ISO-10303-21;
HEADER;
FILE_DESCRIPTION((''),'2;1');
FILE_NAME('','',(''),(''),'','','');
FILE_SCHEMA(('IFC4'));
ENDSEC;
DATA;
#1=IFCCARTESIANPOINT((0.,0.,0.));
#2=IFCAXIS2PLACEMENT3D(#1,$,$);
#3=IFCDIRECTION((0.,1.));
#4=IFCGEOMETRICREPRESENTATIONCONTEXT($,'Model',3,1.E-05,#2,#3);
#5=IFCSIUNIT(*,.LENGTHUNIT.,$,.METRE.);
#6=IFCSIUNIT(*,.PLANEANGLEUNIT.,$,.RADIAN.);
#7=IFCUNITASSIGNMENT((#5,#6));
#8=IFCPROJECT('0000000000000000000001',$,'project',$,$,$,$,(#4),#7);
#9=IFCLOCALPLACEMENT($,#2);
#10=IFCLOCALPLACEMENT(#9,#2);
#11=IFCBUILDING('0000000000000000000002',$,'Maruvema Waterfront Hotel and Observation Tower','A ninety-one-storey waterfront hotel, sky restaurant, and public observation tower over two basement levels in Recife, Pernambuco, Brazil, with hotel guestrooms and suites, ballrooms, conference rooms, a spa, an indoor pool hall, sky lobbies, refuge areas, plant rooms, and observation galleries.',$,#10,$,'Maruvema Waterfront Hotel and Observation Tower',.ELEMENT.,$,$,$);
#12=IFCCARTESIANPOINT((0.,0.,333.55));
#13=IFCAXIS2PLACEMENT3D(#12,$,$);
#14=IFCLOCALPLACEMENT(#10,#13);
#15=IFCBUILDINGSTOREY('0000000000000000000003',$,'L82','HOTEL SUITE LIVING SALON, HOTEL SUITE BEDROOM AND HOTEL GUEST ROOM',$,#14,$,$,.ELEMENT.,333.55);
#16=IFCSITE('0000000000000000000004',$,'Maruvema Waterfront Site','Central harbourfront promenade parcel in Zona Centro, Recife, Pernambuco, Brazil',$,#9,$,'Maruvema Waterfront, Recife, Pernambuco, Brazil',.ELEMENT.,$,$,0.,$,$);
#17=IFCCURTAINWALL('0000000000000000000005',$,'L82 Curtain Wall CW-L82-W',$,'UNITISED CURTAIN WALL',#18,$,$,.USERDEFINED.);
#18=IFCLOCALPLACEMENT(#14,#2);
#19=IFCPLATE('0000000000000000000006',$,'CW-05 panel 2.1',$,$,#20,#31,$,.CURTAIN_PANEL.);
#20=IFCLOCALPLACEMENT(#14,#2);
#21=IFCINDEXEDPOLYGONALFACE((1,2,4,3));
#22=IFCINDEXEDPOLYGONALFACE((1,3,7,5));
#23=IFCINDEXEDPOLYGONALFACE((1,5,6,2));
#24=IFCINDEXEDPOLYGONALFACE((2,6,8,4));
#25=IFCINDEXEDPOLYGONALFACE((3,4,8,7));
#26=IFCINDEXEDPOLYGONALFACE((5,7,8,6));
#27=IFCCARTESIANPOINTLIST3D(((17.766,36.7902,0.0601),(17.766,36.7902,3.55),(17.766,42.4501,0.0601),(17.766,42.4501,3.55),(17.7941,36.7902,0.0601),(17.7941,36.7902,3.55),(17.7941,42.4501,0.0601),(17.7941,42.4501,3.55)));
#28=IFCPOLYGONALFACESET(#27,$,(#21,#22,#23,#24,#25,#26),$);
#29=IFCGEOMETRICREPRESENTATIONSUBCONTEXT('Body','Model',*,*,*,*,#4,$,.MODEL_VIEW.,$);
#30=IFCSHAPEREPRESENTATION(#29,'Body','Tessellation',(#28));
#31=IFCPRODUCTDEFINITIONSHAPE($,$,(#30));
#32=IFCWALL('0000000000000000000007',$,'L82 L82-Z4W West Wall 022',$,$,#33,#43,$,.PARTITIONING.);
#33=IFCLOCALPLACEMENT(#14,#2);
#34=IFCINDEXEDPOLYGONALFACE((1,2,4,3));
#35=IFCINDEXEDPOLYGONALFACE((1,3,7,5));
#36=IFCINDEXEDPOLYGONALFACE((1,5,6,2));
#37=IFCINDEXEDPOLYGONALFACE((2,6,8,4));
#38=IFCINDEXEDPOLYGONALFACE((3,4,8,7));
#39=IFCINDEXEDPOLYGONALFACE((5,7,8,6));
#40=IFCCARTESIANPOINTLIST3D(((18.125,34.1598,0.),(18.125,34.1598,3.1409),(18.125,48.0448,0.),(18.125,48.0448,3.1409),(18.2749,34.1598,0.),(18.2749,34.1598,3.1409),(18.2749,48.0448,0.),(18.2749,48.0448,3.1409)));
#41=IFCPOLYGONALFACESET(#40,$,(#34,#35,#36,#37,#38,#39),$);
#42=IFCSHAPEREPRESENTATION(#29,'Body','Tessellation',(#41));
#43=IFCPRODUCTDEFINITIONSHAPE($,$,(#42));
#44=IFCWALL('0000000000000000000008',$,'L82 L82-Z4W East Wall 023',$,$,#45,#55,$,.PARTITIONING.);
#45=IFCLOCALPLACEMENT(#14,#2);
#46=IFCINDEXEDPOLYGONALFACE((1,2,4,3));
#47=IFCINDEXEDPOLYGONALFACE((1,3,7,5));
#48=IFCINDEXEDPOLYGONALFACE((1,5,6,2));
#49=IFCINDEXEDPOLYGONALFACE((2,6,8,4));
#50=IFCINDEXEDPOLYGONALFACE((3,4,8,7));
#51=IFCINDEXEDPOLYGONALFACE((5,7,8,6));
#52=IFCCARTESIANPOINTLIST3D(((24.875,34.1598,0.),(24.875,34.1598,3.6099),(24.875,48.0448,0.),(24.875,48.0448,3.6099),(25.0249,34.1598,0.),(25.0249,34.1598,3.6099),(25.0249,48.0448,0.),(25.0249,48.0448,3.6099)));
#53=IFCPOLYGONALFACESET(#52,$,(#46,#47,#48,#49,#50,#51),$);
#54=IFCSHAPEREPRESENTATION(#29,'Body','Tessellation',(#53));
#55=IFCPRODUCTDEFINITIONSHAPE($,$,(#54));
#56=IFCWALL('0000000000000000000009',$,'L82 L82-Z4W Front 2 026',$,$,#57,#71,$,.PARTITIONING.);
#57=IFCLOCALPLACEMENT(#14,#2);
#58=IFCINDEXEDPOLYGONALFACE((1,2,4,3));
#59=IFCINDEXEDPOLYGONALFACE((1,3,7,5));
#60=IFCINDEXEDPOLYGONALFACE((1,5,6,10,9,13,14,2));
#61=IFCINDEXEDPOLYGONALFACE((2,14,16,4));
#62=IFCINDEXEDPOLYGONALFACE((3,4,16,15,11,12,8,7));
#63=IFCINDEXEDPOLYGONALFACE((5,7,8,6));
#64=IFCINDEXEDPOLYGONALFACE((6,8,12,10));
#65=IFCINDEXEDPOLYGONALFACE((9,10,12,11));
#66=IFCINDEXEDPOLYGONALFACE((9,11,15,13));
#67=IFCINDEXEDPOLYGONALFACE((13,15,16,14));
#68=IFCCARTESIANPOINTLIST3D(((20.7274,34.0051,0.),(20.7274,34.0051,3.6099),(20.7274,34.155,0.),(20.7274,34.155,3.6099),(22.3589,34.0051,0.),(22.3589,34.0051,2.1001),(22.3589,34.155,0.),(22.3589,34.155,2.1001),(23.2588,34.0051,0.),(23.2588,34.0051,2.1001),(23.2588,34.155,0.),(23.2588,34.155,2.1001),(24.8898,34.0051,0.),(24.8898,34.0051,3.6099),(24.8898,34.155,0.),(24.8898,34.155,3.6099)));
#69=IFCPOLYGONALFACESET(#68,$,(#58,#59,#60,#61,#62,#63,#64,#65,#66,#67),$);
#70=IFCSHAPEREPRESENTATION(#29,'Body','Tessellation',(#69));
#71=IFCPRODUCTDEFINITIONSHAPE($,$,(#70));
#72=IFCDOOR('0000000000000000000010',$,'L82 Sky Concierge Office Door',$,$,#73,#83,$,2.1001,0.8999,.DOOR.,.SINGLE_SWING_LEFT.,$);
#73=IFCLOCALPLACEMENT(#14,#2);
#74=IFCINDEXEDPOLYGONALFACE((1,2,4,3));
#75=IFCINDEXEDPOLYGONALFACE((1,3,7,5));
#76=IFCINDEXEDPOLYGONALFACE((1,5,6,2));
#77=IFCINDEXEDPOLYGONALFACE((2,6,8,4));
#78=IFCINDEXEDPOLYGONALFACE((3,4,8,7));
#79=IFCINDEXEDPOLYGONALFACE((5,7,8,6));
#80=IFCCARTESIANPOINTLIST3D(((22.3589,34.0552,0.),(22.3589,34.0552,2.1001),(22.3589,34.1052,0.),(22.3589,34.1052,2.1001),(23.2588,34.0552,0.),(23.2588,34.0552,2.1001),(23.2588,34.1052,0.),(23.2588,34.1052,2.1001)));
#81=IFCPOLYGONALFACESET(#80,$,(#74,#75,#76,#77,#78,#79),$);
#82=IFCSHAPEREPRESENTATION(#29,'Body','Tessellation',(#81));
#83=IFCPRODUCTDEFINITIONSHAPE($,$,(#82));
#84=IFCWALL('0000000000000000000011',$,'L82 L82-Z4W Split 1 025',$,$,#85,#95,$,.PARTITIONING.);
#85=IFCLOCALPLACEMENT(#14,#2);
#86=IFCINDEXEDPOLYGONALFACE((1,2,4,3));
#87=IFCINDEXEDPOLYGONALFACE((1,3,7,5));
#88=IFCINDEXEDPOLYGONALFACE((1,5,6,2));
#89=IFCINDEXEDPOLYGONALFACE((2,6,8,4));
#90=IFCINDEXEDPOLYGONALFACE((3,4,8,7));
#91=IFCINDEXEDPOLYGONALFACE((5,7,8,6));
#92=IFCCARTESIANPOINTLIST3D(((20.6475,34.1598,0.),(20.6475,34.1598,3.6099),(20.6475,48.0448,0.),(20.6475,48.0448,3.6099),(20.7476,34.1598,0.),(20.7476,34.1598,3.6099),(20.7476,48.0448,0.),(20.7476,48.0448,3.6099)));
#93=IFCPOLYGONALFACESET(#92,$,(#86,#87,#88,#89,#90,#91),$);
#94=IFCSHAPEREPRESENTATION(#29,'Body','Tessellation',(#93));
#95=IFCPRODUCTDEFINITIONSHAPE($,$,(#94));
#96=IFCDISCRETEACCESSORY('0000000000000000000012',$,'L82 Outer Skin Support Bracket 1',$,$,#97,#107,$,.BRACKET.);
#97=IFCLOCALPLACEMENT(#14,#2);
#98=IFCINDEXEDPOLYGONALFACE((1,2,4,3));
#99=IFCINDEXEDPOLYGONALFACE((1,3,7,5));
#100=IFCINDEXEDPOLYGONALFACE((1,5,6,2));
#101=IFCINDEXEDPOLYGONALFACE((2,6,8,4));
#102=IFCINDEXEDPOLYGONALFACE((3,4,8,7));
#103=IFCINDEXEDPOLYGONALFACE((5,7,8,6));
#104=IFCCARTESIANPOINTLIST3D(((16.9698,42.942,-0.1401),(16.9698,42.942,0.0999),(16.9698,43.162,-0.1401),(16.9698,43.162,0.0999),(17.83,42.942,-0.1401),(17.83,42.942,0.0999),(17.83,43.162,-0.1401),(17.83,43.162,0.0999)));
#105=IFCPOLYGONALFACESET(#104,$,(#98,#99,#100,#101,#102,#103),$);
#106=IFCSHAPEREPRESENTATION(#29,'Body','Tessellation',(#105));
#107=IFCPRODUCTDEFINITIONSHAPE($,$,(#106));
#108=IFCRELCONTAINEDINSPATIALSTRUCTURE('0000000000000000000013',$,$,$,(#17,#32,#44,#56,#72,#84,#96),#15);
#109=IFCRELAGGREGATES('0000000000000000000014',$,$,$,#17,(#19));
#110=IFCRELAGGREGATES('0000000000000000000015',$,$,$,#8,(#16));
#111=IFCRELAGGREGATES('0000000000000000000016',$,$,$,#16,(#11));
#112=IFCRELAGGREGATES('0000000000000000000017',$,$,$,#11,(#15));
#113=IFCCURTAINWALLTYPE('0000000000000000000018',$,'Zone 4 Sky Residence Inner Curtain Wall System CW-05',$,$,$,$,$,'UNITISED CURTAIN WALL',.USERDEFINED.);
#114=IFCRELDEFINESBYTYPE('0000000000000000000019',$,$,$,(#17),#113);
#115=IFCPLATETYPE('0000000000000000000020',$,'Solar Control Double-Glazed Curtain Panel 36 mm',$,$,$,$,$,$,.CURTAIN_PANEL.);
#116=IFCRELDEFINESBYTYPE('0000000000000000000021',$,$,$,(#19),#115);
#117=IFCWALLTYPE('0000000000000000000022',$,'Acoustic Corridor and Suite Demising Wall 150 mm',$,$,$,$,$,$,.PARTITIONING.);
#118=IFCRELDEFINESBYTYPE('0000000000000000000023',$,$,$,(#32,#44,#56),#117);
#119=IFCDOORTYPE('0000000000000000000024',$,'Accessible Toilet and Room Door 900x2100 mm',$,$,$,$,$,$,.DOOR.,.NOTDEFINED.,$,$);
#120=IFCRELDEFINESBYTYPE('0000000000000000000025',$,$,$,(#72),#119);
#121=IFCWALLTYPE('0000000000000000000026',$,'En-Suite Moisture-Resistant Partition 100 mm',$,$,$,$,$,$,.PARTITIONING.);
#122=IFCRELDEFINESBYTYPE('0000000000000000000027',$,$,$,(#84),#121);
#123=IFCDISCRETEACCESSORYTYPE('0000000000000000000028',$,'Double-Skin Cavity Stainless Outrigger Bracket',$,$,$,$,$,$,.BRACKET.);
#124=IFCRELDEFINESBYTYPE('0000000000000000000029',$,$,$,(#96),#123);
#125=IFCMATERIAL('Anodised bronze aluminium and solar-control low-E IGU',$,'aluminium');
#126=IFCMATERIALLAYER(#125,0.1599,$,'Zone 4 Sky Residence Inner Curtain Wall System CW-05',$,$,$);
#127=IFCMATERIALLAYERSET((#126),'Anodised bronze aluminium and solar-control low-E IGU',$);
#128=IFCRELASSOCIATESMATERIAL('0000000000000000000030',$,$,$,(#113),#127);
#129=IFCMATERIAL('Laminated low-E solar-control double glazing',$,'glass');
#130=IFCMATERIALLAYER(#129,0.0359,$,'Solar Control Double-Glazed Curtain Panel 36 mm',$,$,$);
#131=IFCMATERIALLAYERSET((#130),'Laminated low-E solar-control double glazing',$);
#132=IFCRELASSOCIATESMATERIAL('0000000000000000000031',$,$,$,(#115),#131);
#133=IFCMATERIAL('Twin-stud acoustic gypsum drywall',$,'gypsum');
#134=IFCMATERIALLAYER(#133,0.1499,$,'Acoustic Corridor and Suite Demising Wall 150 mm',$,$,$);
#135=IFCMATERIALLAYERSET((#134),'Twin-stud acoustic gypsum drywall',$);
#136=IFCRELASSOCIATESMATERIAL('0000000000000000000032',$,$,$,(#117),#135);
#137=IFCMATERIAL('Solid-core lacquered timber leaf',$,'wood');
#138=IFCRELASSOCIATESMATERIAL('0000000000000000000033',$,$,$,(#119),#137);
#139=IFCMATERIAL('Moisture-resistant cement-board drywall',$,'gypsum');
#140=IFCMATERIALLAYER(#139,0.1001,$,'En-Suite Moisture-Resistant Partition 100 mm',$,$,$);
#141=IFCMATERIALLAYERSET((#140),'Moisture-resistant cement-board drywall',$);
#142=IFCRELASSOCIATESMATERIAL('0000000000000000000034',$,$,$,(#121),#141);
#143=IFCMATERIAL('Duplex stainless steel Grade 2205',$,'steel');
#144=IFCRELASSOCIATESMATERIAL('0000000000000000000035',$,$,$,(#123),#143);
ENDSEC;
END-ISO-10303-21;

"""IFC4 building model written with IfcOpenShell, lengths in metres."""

from ifc_helpers import new_model, si_unit, direction, frame, frame_2d, origin, origin_2d, place, context, subcontext, project, spatial, rectangle, extrude, material, layer, layer_set, type_object, element, fill, aggregate, save


model = new_model("IFC4")

# Units and contexts
model_context = context("Model", 3, precision=1e-05, world=origin(), true_north=direction((0.0, 1.0)))
body_context = subcontext(model_context, "Body", "Model", "MODEL_VIEW")
ifc_project = project(units=[si_unit("LENGTHUNIT", "METRE"), si_unit("PLANEANGLEUNIT", "RADIAN")], contexts=[model_context])

# Site, building, storey
site_placement = place(None, origin())
site = spatial("IfcSite", under=ifc_project, at=site_placement, Name="Maruvema Waterfront Site", Description="Central harbourfront promenade parcel in Zona Centro, Recife, Pernambuco, Brazil", LongName="Maruvema Waterfront, Recife, Pernambuco, Brazil", CompositionType="ELEMENT", RefElevation=0.0)
building_placement = place(site_placement, origin())
building = spatial("IfcBuilding", under=site, at=building_placement, Name="Maruvema Waterfront Hotel and Observation Tower", Description="A ninety-one-storey waterfront hotel, sky restaurant, and public observation tower over two basement levels in Recife, Pernambuco, Brazil, with hotel guestrooms and suites, ballrooms, conference rooms, a spa, an indoor pool hall, sky lobbies, refuge areas, plant rooms, and observation galleries.", LongName="Maruvema Waterfront Hotel and Observation Tower", CompositionType="ELEMENT")
storey_placement = place(building_placement, frame((0.0, 0.0, 333.55)))
storey = spatial("IfcBuildingStorey", under=building, at=storey_placement, Name="L82", Description="HOTEL SUITE LIVING SALON, HOTEL SUITE BEDROOM AND HOTEL GUEST ROOM", CompositionType="ELEMENT", Elevation=333.55)

# Curtain wall
ifc_material_1 = material(Name="Anodised bronze aluminium and solar-control low-E IGU", Category="aluminium")
ifc_layer_1 = layer(ifc_material_1, 0.1599, Name="Zone 4 Sky Residence Inner Curtain Wall System CW-05")
ifc_layer_set_1 = layer_set([ifc_layer_1], Name="Anodised bronze aluminium and solar-control low-E IGU")
curtain_wall_type = type_object("IfcCurtainWallType", Name="Zone 4 Sky Residence Inner Curtain Wall System CW-05", ElementType="UNITISED CURTAIN WALL", PredefinedType="USERDEFINED", material=ifc_layer_set_1)
curtain_wall_placement = place(storey_placement, origin())
curtain_wall = element("IfcCurtainWall", 1, at=curtain_wall_placement, inside=storey, type_object=curtain_wall_type, Name="L82 Curtain Wall CW-L82-W", ObjectType="UNITISED CURTAIN WALL", PredefinedType="USERDEFINED")

# Plate
ifc_material_2 = material(Name="Laminated low-E solar-control double glazing", Category="glass")
ifc_layer_2 = layer(ifc_material_2, 0.0359, Name="Solar Control Double-Glazed Curtain Panel 36 mm")
ifc_layer_set_2 = layer_set([ifc_layer_2], Name="Laminated low-E solar-control double glazing")
plate_type = type_object("IfcPlateType", Name="Solar Control Double-Glazed Curtain Panel 36 mm", PredefinedType="CURTAIN_PANEL", material=ifc_layer_set_2)
plate_placement = place(storey_placement, frame((17.78, 39.6201, 0.0601), z_axis=(0.0, 0.0, 1.0), x_axis=(0.0, -1.0, 0.0)))
plate = element("IfcPlate", 2, at=plate_placement, type_object=plate_type, Name="CW-05 panel 2.1", PredefinedType="CURTAIN_PANEL", context=body_context, shape_type="SweptSolid", body=[
    extrude(rectangle(XDim=5.6599, YDim=0.0281, at=origin_2d()), origin(), (0.0, 0.0, 1.0), 3.49),
])
aggregate(curtain_wall, [plate])

# Walls
ifc_material_3 = material(Name="Twin-stud acoustic gypsum drywall", Category="gypsum")
ifc_layer_3 = layer(ifc_material_3, 0.1499, Name="Acoustic Corridor and Suite Demising Wall 150 mm")
ifc_layer_set_3 = layer_set([ifc_layer_3], Name="Twin-stud acoustic gypsum drywall")
wall_type_1 = type_object("IfcWallType", Name="Acoustic Corridor and Suite Demising Wall 150 mm", PredefinedType="PARTITIONING", material=ifc_layer_set_3)
wall_1_placement = place(storey_placement, frame((18.2, 34.1599, 0.0), z_axis=(0.0, 0.0, 1.0), x_axis=(0.0, 1.0, 0.0)))
element("IfcWall", 3, at=wall_1_placement, inside=storey, type_object=wall_type_1, Name="L82 L82-Z4W West Wall 022", PredefinedType="PARTITIONING", context=body_context, shape_type="SweptSolid", body=[
    extrude(rectangle(XDim=13.885, YDim=0.1499, at=frame_2d((6.9424, 0.0))), origin(), (0.0, 0.0, 1.0), 3.1409),
])
wall_2_placement = place(storey_placement, frame((24.95, 34.1599, 0.0), z_axis=(0.0, 0.0, 1.0), x_axis=(0.0, 1.0, 0.0)))
element("IfcWall", 4, at=wall_2_placement, inside=storey, type_object=wall_type_1, Name="L82 L82-Z4W East Wall 023", PredefinedType="PARTITIONING", context=body_context, shape_type="SweptSolid", body=[
    extrude(rectangle(XDim=13.885, YDim=0.1499, at=frame_2d((6.9424, 0.0))), origin(), (0.0, 0.0, 1.0), 3.6099),
])

# Wall, opening, door
wall_3_placement = place(storey_placement, frame((20.7275, 34.0801, 0.0), z_axis=(0.0, 0.0, 1.0), x_axis=(1.0, 0.0, 0.0)))
wall_3 = element("IfcWall", 5, at=wall_3_placement, inside=storey, type_object=wall_type_1, Name="L82 L82-Z4W Front 2 026", PredefinedType="PARTITIONING", context=body_context, shape_type="SweptSolid", body=[
    extrude(rectangle(XDim=4.1624, YDim=0.1499, at=frame_2d((2.0811, 0.0))), origin(), (0.0, 0.0, 1.0), 3.6099),
])
opening_placement = place(wall_3_placement, frame((1.6313, 0.0, 0.0)))
opening = element("IfcOpeningElement", 6, at=opening_placement, cuts=wall_3, PredefinedType="OPENING", context=body_context, shape_type="SweptSolid", body=[
    extrude(rectangle(XDim=0.8999, YDim=2.1001, at=frame_2d((0.45, 1.05))), frame((0.0, 0.085, 0.0), z_axis=(0.0, -1.0, 0.0), x_axis=(1.0, 0.0, 0.0)), (0.0, 0.0, 1.0), 0.1699),
])
ifc_material_4 = material(Name="Solid-core lacquered timber leaf", Category="wood")
door_type = type_object("IfcDoorType", Name="Accessible Toilet and Room Door 900x2100 mm", OperationType="NOTDEFINED", PredefinedType="DOOR", material=ifc_material_4)
door_placement = place(opening_placement, frame((0.8999, 0.0, 0.0), z_axis=(0.0, 0.0, 1.0), x_axis=(-1.0, 0.0, 0.0)))
door = element("IfcDoor", 7, at=door_placement, inside=storey, type_object=door_type, Name="L82 Sky Concierge Office Door", OperationType="SINGLE_SWING_LEFT", OverallHeight=2.1001, OverallWidth=0.8999, PredefinedType="DOOR", context=body_context, shape_type="SweptSolid", body=[
    extrude(rectangle(XDim=0.8999, YDim=2.1001, at=frame_2d((0.45, 1.05))), frame((0.0, 0.0249, 0.0), z_axis=(0.0, -1.0, 0.0), x_axis=(1.0, 0.0, 0.0)), (0.0, 0.0, 1.0), 0.05),
])
fill(opening, door)

# Wall
ifc_material_5 = material(Name="Moisture-resistant cement-board drywall", Category="gypsum")
ifc_layer_4 = layer(ifc_material_5, 0.1001, Name="En-Suite Moisture-Resistant Partition 100 mm")
ifc_layer_set_4 = layer_set([ifc_layer_4], Name="Moisture-resistant cement-board drywall")
wall_type_2 = type_object("IfcWallType", Name="En-Suite Moisture-Resistant Partition 100 mm", PredefinedType="PARTITIONING", material=ifc_layer_set_4)
wall_4_placement = place(storey_placement, frame((20.6975, 34.1599, 0.0), z_axis=(0.0, 0.0, 1.0), x_axis=(0.0, 1.0, 0.0)))
element("IfcWall", 8, at=wall_4_placement, inside=storey, type_object=wall_type_2, Name="L82 L82-Z4W Split 1 025", PredefinedType="PARTITIONING", context=body_context, shape_type="SweptSolid", body=[
    extrude(rectangle(XDim=13.885, YDim=0.1001, at=frame_2d((6.9424, 0.0))), origin(), (0.0, 0.0, 1.0), 3.6099),
])

# Discrete accessory
ifc_material_6 = material(Name="Duplex stainless steel Grade 2205", Category="steel")
discrete_accessory_type = type_object("IfcDiscreteAccessoryType", Name="Double-Skin Cavity Stainless Outrigger Bracket", PredefinedType="BRACKET", material=ifc_material_6)
discrete_accessory_placement = place(storey_placement, frame((17.3999, 43.052, -0.1401), z_axis=(0.0, 0.0, 1.0), x_axis=(0.0, -1.0, 0.0)))
element("IfcDiscreteAccessory", 9, at=discrete_accessory_placement, inside=storey, type_object=discrete_accessory_type, Name="L82 Outer Skin Support Bracket 1", PredefinedType="BRACKET", context=body_context, shape_type="SweptSolid", body=[
    extrude(rectangle(XDim=0.22, YDim=0.8601, at=origin_2d()), origin(), (0.0, 0.0, 1.0), 0.24),
])

save(model, "model.ifc")
